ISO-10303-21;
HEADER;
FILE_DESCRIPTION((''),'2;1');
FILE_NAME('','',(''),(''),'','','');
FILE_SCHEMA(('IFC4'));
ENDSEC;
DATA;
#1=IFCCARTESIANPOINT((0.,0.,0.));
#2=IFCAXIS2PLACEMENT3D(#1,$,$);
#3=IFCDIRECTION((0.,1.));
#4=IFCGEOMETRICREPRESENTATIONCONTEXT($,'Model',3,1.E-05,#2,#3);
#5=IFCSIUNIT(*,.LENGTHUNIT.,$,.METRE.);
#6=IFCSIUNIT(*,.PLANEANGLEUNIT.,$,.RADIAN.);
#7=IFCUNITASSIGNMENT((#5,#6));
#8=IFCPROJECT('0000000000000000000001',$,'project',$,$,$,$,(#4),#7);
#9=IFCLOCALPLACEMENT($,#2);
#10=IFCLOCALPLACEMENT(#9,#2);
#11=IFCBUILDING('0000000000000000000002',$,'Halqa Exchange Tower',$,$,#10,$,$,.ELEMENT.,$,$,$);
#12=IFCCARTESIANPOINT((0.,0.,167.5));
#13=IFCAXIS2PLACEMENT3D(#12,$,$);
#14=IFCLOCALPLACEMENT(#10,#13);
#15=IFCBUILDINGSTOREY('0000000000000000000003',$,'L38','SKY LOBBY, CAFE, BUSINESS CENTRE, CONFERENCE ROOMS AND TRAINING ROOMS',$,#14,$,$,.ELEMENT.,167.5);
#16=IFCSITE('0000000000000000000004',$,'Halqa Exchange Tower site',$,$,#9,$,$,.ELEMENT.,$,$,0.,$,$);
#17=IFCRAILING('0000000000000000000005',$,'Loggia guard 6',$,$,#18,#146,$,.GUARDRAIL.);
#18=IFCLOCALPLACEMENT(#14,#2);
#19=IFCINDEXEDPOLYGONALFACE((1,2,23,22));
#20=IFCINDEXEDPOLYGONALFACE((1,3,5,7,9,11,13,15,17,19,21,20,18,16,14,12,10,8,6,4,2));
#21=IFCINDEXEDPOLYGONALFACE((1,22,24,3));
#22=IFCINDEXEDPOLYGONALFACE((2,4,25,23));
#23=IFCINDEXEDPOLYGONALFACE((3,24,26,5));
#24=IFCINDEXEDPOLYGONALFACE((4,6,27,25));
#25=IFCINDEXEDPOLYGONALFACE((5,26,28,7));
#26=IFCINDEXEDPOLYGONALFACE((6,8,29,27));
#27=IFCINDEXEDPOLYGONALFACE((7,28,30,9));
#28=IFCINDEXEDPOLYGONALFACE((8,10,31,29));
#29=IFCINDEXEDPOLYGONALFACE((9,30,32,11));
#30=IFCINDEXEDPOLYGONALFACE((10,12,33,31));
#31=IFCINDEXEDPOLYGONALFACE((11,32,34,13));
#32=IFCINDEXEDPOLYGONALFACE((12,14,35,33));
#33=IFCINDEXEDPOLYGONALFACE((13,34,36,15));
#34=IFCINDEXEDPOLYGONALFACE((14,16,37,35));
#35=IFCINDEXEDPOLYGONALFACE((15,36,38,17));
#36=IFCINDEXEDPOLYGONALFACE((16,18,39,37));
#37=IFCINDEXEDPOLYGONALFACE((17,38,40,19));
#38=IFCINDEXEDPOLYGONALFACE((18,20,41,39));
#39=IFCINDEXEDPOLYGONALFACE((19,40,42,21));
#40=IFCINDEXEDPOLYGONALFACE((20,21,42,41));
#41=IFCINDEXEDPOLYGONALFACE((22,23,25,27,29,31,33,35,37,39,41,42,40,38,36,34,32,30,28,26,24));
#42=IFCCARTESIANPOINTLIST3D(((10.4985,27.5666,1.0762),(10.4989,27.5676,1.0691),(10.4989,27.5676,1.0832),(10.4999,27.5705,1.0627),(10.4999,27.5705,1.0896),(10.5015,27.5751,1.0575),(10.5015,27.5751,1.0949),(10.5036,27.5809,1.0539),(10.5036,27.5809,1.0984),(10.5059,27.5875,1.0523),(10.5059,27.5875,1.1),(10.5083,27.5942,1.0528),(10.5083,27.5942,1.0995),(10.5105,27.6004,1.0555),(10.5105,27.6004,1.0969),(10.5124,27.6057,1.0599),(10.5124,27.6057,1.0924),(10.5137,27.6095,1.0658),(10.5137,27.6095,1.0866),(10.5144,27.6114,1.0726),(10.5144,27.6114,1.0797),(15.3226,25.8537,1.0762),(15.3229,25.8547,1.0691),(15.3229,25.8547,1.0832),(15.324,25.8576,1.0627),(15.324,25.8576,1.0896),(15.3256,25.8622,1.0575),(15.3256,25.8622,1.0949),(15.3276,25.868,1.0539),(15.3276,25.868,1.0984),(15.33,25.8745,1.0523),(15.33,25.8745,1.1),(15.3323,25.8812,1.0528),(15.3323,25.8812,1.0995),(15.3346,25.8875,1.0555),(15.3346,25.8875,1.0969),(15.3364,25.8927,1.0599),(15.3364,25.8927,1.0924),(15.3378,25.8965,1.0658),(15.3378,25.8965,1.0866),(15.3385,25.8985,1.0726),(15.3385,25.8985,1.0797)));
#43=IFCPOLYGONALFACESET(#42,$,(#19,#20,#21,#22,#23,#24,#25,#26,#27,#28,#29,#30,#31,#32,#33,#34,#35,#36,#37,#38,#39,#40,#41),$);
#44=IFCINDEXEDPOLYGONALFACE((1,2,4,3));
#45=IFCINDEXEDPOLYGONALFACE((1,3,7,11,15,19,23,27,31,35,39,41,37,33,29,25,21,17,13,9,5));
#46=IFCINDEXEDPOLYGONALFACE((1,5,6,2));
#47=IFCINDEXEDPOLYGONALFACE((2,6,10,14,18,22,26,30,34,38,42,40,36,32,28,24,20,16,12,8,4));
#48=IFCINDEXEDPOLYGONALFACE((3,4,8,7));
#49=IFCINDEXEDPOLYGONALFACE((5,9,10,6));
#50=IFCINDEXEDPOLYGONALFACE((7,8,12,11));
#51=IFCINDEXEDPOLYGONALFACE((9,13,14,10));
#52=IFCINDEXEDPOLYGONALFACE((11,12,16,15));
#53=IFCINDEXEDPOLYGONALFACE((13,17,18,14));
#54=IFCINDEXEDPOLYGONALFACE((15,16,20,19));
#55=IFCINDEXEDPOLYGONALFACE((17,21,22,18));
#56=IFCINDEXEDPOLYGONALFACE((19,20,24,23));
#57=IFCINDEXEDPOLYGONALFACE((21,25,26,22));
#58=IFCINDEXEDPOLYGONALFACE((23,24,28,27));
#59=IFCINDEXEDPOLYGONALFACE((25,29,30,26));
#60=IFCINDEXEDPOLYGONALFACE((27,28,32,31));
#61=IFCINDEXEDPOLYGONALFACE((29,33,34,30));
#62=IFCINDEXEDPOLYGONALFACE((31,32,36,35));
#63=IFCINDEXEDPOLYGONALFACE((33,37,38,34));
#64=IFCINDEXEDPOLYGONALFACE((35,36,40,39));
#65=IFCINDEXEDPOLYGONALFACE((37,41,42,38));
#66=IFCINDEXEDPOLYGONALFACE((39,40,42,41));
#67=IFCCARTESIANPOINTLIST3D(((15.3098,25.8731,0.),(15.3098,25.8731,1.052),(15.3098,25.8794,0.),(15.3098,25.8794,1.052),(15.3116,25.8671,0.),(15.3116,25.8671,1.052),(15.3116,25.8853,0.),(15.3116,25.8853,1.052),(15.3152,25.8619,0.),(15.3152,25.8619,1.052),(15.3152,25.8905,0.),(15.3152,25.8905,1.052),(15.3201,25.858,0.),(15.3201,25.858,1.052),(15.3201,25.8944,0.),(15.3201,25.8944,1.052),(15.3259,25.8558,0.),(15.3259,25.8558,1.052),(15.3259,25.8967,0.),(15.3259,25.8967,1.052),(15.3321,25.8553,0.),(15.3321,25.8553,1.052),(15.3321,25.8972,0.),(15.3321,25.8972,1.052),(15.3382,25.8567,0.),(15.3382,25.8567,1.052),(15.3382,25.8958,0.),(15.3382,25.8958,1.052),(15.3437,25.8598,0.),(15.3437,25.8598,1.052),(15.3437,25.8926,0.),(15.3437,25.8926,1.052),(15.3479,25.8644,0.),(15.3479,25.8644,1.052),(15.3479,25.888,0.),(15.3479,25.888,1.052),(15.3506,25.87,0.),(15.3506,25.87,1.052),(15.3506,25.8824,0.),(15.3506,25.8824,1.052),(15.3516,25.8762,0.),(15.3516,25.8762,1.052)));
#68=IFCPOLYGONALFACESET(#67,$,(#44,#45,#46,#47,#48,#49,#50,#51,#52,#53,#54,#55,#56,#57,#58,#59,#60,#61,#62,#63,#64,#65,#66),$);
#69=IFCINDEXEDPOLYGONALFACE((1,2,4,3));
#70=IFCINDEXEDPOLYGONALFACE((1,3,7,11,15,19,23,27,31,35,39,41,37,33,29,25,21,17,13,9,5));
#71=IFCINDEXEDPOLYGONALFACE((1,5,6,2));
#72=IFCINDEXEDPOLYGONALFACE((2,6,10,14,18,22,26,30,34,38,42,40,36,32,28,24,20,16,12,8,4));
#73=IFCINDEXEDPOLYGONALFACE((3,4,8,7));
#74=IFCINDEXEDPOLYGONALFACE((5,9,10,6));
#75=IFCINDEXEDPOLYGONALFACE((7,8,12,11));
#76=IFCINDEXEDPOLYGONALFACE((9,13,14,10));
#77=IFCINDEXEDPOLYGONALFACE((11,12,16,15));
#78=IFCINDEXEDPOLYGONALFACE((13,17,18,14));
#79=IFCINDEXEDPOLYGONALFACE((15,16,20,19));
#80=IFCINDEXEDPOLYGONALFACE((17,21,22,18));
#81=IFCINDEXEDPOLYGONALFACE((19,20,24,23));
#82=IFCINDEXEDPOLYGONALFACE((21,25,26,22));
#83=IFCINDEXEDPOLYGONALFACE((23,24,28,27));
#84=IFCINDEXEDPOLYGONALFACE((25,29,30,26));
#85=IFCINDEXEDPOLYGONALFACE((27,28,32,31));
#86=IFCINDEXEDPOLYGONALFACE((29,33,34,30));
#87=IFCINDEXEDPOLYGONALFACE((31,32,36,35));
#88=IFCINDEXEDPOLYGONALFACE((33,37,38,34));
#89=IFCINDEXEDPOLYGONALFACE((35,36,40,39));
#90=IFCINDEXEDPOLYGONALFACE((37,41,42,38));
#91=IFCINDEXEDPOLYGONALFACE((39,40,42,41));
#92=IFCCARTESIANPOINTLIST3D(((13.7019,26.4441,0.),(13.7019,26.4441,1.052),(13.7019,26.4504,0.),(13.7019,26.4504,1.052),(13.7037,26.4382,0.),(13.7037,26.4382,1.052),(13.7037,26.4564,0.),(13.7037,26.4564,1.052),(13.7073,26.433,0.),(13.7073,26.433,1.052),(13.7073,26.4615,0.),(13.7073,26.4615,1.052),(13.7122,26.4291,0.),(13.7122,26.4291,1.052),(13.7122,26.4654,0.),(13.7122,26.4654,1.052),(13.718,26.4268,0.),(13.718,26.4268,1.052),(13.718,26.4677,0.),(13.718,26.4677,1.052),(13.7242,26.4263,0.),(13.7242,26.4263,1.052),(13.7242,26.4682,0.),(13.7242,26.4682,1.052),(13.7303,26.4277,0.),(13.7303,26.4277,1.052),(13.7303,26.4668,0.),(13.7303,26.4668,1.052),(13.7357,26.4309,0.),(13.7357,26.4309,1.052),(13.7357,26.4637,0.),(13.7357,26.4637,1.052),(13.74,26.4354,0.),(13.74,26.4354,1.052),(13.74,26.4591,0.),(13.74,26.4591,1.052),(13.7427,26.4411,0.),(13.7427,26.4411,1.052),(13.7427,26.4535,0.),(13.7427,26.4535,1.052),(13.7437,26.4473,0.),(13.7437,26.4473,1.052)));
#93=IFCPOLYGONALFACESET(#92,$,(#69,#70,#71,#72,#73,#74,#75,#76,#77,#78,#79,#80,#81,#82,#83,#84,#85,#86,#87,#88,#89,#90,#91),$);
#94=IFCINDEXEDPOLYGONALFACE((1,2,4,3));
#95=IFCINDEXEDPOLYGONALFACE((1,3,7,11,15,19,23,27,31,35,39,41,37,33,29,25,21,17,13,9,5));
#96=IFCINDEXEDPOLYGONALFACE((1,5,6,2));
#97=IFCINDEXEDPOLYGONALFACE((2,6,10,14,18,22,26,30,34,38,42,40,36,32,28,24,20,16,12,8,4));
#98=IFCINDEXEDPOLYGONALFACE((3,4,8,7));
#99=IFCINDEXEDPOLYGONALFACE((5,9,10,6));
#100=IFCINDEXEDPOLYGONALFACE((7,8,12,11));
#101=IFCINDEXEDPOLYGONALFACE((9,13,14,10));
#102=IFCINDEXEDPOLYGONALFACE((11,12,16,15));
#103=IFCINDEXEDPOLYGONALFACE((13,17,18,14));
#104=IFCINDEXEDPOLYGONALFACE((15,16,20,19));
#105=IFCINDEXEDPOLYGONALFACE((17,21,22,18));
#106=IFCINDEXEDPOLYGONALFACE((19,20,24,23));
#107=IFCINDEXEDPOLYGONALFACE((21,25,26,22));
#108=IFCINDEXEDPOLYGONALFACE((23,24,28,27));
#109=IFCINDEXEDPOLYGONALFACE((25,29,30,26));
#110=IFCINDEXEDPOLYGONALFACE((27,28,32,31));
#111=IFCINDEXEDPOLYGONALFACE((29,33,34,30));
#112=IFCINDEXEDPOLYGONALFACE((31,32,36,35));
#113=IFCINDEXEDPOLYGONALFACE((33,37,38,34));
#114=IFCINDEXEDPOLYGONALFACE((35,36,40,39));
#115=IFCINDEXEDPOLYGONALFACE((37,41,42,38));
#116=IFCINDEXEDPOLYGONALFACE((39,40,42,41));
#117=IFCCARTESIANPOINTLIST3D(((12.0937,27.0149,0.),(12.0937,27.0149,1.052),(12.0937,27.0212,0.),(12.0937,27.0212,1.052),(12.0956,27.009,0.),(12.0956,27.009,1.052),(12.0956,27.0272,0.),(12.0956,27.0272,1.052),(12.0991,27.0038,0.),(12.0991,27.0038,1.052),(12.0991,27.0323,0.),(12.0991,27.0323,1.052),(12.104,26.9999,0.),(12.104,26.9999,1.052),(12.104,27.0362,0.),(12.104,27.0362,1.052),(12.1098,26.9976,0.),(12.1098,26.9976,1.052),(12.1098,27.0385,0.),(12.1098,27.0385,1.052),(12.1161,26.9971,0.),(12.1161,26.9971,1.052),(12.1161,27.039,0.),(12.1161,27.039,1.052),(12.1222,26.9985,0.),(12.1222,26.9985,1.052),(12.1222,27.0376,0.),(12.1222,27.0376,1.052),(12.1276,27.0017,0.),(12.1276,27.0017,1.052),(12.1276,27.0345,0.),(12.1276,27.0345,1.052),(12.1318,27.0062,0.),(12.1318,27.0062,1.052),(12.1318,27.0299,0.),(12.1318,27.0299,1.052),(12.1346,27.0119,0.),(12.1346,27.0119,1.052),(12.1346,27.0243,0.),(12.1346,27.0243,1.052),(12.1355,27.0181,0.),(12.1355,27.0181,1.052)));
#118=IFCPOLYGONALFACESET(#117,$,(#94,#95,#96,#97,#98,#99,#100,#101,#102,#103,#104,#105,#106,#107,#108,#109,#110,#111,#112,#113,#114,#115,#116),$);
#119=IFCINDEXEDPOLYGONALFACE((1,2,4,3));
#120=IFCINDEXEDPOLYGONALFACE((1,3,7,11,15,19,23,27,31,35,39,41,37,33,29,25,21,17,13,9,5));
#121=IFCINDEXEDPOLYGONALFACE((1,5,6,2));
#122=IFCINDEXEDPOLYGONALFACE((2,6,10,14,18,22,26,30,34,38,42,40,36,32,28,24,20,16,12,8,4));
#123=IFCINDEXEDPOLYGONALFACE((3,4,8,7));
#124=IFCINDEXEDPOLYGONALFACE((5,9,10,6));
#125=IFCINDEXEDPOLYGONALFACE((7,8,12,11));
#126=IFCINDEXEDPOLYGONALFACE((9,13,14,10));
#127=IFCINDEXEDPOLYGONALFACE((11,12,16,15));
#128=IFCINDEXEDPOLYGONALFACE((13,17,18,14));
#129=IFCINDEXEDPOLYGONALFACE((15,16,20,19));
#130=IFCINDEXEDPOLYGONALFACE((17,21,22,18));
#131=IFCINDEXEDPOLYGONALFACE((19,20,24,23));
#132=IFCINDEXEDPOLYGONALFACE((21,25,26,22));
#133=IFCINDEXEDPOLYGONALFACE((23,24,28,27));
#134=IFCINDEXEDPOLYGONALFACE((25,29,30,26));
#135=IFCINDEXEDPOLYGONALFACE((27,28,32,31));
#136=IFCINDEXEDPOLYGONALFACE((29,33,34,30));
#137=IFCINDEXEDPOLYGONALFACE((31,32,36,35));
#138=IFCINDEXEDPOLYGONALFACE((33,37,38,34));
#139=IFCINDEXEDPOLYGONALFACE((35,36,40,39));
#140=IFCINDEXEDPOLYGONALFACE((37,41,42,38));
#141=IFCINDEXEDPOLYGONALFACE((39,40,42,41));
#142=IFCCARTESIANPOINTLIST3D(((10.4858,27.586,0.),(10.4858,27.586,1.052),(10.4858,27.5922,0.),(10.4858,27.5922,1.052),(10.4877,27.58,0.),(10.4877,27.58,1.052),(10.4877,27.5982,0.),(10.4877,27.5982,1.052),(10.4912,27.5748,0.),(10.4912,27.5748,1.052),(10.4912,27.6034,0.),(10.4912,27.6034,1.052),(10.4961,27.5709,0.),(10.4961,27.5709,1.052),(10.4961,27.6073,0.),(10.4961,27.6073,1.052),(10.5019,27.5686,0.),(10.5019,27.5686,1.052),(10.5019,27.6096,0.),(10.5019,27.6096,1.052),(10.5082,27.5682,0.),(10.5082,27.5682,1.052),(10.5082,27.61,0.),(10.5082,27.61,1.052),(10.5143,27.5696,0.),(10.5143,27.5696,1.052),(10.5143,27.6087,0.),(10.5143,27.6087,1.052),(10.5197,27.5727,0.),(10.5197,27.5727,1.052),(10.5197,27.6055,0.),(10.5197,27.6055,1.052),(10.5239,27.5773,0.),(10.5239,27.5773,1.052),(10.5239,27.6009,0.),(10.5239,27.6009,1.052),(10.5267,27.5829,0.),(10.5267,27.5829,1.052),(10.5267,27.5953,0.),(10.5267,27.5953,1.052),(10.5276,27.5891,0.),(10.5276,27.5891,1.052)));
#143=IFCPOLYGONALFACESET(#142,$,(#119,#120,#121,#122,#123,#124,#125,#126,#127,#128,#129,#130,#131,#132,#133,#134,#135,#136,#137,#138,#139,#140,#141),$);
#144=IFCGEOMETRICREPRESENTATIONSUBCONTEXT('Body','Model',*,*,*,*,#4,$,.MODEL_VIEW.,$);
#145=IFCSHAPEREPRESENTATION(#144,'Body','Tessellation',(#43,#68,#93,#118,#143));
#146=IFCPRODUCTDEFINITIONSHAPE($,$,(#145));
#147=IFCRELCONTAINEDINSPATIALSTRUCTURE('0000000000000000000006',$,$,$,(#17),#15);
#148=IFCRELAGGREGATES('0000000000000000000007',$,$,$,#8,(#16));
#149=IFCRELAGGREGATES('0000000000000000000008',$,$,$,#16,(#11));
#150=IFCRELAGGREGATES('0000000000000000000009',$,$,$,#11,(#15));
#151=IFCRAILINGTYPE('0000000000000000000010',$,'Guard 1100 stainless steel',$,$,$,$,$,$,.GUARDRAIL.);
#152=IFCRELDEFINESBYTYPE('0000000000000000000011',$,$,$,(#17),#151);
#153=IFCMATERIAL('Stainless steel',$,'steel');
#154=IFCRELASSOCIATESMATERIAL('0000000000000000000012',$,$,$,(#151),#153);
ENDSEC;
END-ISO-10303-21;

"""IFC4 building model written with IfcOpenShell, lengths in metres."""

from ifc_helpers import new_model, si_unit, direction, frame, origin, origin_2d, place, context, subcontext, project, spatial, circle, extrude, material, type_object, element, save


model = new_model("IFC4")

# Units and contexts
model_context = context("Model", 3, precision=1e-05, world=origin(), true_north=direction((0.0, 1.0)))
body_context = subcontext(model_context, "Body", "Model", "MODEL_VIEW")
ifc_project = project(units=[si_unit("LENGTHUNIT", "METRE"), si_unit("PLANEANGLEUNIT", "RADIAN")], contexts=[model_context])

# Site, building, storey
site_placement = place(None, origin())
site = spatial("IfcSite", under=ifc_project, at=site_placement, Name="Halqa Exchange Tower site", CompositionType="ELEMENT", RefElevation=0.0)
building_placement = place(site_placement, origin())
building = spatial("IfcBuilding", under=site, at=building_placement, Name="Halqa Exchange Tower", CompositionType="ELEMENT")
storey_placement = place(building_placement, frame((0.0, 0.0, 167.5)))
storey = spatial("IfcBuildingStorey", under=building, at=storey_placement, Name="L38", Description="SKY LOBBY, CAFE, BUSINESS CENTRE, CONFERENCE ROOMS AND TRAINING ROOMS", CompositionType="ELEMENT", Elevation=167.5)

# Railing
ifc_material_1 = material(Name="Stainless steel", Category="steel")
railing_type = type_object("IfcRailingType", Name="Guard 1100 stainless steel", PredefinedType="GUARDRAIL", material=ifc_material_1)
railing_1_placement = place(storey_placement, frame((15.3306, 25.8762, 0.0)))
element("IfcRailing", 1, at=railing_1_placement, inside=storey, type_object=railing_type, Name="Loggia guard 6", PredefinedType="GUARDRAIL", context=body_context, shape_type="SweptSolid", body=[
    extrude(circle(Radius=0.0239, at=origin_2d()), frame((0.0, 0.0, 1.0762), z_axis=(-0.942356, 0.334611, 0.0), x_axis=(-0.334611, -0.942356, 0.0)), (0.0, 0.0, 1.0), 5.1191),
    extrude(circle(Radius=0.021, at=origin_2d()), origin(), (0.0, 0.0, 1.0), 1.052),
    extrude(circle(Radius=0.021, at=origin_2d()), frame((-1.6079, 0.571, 0.0)), (0.0, 0.0, 1.0), 1.052),
    extrude(circle(Radius=0.021, at=origin_2d()), frame((-3.2161, 1.1418, 0.0)), (0.0, 0.0, 1.0), 1.052),
    extrude(circle(Radius=0.021, at=origin_2d()), frame((-4.824, 1.7129, 0.0)), (0.0, 0.0, 1.0), 1.052),
])

save(model, "model.ifc")
